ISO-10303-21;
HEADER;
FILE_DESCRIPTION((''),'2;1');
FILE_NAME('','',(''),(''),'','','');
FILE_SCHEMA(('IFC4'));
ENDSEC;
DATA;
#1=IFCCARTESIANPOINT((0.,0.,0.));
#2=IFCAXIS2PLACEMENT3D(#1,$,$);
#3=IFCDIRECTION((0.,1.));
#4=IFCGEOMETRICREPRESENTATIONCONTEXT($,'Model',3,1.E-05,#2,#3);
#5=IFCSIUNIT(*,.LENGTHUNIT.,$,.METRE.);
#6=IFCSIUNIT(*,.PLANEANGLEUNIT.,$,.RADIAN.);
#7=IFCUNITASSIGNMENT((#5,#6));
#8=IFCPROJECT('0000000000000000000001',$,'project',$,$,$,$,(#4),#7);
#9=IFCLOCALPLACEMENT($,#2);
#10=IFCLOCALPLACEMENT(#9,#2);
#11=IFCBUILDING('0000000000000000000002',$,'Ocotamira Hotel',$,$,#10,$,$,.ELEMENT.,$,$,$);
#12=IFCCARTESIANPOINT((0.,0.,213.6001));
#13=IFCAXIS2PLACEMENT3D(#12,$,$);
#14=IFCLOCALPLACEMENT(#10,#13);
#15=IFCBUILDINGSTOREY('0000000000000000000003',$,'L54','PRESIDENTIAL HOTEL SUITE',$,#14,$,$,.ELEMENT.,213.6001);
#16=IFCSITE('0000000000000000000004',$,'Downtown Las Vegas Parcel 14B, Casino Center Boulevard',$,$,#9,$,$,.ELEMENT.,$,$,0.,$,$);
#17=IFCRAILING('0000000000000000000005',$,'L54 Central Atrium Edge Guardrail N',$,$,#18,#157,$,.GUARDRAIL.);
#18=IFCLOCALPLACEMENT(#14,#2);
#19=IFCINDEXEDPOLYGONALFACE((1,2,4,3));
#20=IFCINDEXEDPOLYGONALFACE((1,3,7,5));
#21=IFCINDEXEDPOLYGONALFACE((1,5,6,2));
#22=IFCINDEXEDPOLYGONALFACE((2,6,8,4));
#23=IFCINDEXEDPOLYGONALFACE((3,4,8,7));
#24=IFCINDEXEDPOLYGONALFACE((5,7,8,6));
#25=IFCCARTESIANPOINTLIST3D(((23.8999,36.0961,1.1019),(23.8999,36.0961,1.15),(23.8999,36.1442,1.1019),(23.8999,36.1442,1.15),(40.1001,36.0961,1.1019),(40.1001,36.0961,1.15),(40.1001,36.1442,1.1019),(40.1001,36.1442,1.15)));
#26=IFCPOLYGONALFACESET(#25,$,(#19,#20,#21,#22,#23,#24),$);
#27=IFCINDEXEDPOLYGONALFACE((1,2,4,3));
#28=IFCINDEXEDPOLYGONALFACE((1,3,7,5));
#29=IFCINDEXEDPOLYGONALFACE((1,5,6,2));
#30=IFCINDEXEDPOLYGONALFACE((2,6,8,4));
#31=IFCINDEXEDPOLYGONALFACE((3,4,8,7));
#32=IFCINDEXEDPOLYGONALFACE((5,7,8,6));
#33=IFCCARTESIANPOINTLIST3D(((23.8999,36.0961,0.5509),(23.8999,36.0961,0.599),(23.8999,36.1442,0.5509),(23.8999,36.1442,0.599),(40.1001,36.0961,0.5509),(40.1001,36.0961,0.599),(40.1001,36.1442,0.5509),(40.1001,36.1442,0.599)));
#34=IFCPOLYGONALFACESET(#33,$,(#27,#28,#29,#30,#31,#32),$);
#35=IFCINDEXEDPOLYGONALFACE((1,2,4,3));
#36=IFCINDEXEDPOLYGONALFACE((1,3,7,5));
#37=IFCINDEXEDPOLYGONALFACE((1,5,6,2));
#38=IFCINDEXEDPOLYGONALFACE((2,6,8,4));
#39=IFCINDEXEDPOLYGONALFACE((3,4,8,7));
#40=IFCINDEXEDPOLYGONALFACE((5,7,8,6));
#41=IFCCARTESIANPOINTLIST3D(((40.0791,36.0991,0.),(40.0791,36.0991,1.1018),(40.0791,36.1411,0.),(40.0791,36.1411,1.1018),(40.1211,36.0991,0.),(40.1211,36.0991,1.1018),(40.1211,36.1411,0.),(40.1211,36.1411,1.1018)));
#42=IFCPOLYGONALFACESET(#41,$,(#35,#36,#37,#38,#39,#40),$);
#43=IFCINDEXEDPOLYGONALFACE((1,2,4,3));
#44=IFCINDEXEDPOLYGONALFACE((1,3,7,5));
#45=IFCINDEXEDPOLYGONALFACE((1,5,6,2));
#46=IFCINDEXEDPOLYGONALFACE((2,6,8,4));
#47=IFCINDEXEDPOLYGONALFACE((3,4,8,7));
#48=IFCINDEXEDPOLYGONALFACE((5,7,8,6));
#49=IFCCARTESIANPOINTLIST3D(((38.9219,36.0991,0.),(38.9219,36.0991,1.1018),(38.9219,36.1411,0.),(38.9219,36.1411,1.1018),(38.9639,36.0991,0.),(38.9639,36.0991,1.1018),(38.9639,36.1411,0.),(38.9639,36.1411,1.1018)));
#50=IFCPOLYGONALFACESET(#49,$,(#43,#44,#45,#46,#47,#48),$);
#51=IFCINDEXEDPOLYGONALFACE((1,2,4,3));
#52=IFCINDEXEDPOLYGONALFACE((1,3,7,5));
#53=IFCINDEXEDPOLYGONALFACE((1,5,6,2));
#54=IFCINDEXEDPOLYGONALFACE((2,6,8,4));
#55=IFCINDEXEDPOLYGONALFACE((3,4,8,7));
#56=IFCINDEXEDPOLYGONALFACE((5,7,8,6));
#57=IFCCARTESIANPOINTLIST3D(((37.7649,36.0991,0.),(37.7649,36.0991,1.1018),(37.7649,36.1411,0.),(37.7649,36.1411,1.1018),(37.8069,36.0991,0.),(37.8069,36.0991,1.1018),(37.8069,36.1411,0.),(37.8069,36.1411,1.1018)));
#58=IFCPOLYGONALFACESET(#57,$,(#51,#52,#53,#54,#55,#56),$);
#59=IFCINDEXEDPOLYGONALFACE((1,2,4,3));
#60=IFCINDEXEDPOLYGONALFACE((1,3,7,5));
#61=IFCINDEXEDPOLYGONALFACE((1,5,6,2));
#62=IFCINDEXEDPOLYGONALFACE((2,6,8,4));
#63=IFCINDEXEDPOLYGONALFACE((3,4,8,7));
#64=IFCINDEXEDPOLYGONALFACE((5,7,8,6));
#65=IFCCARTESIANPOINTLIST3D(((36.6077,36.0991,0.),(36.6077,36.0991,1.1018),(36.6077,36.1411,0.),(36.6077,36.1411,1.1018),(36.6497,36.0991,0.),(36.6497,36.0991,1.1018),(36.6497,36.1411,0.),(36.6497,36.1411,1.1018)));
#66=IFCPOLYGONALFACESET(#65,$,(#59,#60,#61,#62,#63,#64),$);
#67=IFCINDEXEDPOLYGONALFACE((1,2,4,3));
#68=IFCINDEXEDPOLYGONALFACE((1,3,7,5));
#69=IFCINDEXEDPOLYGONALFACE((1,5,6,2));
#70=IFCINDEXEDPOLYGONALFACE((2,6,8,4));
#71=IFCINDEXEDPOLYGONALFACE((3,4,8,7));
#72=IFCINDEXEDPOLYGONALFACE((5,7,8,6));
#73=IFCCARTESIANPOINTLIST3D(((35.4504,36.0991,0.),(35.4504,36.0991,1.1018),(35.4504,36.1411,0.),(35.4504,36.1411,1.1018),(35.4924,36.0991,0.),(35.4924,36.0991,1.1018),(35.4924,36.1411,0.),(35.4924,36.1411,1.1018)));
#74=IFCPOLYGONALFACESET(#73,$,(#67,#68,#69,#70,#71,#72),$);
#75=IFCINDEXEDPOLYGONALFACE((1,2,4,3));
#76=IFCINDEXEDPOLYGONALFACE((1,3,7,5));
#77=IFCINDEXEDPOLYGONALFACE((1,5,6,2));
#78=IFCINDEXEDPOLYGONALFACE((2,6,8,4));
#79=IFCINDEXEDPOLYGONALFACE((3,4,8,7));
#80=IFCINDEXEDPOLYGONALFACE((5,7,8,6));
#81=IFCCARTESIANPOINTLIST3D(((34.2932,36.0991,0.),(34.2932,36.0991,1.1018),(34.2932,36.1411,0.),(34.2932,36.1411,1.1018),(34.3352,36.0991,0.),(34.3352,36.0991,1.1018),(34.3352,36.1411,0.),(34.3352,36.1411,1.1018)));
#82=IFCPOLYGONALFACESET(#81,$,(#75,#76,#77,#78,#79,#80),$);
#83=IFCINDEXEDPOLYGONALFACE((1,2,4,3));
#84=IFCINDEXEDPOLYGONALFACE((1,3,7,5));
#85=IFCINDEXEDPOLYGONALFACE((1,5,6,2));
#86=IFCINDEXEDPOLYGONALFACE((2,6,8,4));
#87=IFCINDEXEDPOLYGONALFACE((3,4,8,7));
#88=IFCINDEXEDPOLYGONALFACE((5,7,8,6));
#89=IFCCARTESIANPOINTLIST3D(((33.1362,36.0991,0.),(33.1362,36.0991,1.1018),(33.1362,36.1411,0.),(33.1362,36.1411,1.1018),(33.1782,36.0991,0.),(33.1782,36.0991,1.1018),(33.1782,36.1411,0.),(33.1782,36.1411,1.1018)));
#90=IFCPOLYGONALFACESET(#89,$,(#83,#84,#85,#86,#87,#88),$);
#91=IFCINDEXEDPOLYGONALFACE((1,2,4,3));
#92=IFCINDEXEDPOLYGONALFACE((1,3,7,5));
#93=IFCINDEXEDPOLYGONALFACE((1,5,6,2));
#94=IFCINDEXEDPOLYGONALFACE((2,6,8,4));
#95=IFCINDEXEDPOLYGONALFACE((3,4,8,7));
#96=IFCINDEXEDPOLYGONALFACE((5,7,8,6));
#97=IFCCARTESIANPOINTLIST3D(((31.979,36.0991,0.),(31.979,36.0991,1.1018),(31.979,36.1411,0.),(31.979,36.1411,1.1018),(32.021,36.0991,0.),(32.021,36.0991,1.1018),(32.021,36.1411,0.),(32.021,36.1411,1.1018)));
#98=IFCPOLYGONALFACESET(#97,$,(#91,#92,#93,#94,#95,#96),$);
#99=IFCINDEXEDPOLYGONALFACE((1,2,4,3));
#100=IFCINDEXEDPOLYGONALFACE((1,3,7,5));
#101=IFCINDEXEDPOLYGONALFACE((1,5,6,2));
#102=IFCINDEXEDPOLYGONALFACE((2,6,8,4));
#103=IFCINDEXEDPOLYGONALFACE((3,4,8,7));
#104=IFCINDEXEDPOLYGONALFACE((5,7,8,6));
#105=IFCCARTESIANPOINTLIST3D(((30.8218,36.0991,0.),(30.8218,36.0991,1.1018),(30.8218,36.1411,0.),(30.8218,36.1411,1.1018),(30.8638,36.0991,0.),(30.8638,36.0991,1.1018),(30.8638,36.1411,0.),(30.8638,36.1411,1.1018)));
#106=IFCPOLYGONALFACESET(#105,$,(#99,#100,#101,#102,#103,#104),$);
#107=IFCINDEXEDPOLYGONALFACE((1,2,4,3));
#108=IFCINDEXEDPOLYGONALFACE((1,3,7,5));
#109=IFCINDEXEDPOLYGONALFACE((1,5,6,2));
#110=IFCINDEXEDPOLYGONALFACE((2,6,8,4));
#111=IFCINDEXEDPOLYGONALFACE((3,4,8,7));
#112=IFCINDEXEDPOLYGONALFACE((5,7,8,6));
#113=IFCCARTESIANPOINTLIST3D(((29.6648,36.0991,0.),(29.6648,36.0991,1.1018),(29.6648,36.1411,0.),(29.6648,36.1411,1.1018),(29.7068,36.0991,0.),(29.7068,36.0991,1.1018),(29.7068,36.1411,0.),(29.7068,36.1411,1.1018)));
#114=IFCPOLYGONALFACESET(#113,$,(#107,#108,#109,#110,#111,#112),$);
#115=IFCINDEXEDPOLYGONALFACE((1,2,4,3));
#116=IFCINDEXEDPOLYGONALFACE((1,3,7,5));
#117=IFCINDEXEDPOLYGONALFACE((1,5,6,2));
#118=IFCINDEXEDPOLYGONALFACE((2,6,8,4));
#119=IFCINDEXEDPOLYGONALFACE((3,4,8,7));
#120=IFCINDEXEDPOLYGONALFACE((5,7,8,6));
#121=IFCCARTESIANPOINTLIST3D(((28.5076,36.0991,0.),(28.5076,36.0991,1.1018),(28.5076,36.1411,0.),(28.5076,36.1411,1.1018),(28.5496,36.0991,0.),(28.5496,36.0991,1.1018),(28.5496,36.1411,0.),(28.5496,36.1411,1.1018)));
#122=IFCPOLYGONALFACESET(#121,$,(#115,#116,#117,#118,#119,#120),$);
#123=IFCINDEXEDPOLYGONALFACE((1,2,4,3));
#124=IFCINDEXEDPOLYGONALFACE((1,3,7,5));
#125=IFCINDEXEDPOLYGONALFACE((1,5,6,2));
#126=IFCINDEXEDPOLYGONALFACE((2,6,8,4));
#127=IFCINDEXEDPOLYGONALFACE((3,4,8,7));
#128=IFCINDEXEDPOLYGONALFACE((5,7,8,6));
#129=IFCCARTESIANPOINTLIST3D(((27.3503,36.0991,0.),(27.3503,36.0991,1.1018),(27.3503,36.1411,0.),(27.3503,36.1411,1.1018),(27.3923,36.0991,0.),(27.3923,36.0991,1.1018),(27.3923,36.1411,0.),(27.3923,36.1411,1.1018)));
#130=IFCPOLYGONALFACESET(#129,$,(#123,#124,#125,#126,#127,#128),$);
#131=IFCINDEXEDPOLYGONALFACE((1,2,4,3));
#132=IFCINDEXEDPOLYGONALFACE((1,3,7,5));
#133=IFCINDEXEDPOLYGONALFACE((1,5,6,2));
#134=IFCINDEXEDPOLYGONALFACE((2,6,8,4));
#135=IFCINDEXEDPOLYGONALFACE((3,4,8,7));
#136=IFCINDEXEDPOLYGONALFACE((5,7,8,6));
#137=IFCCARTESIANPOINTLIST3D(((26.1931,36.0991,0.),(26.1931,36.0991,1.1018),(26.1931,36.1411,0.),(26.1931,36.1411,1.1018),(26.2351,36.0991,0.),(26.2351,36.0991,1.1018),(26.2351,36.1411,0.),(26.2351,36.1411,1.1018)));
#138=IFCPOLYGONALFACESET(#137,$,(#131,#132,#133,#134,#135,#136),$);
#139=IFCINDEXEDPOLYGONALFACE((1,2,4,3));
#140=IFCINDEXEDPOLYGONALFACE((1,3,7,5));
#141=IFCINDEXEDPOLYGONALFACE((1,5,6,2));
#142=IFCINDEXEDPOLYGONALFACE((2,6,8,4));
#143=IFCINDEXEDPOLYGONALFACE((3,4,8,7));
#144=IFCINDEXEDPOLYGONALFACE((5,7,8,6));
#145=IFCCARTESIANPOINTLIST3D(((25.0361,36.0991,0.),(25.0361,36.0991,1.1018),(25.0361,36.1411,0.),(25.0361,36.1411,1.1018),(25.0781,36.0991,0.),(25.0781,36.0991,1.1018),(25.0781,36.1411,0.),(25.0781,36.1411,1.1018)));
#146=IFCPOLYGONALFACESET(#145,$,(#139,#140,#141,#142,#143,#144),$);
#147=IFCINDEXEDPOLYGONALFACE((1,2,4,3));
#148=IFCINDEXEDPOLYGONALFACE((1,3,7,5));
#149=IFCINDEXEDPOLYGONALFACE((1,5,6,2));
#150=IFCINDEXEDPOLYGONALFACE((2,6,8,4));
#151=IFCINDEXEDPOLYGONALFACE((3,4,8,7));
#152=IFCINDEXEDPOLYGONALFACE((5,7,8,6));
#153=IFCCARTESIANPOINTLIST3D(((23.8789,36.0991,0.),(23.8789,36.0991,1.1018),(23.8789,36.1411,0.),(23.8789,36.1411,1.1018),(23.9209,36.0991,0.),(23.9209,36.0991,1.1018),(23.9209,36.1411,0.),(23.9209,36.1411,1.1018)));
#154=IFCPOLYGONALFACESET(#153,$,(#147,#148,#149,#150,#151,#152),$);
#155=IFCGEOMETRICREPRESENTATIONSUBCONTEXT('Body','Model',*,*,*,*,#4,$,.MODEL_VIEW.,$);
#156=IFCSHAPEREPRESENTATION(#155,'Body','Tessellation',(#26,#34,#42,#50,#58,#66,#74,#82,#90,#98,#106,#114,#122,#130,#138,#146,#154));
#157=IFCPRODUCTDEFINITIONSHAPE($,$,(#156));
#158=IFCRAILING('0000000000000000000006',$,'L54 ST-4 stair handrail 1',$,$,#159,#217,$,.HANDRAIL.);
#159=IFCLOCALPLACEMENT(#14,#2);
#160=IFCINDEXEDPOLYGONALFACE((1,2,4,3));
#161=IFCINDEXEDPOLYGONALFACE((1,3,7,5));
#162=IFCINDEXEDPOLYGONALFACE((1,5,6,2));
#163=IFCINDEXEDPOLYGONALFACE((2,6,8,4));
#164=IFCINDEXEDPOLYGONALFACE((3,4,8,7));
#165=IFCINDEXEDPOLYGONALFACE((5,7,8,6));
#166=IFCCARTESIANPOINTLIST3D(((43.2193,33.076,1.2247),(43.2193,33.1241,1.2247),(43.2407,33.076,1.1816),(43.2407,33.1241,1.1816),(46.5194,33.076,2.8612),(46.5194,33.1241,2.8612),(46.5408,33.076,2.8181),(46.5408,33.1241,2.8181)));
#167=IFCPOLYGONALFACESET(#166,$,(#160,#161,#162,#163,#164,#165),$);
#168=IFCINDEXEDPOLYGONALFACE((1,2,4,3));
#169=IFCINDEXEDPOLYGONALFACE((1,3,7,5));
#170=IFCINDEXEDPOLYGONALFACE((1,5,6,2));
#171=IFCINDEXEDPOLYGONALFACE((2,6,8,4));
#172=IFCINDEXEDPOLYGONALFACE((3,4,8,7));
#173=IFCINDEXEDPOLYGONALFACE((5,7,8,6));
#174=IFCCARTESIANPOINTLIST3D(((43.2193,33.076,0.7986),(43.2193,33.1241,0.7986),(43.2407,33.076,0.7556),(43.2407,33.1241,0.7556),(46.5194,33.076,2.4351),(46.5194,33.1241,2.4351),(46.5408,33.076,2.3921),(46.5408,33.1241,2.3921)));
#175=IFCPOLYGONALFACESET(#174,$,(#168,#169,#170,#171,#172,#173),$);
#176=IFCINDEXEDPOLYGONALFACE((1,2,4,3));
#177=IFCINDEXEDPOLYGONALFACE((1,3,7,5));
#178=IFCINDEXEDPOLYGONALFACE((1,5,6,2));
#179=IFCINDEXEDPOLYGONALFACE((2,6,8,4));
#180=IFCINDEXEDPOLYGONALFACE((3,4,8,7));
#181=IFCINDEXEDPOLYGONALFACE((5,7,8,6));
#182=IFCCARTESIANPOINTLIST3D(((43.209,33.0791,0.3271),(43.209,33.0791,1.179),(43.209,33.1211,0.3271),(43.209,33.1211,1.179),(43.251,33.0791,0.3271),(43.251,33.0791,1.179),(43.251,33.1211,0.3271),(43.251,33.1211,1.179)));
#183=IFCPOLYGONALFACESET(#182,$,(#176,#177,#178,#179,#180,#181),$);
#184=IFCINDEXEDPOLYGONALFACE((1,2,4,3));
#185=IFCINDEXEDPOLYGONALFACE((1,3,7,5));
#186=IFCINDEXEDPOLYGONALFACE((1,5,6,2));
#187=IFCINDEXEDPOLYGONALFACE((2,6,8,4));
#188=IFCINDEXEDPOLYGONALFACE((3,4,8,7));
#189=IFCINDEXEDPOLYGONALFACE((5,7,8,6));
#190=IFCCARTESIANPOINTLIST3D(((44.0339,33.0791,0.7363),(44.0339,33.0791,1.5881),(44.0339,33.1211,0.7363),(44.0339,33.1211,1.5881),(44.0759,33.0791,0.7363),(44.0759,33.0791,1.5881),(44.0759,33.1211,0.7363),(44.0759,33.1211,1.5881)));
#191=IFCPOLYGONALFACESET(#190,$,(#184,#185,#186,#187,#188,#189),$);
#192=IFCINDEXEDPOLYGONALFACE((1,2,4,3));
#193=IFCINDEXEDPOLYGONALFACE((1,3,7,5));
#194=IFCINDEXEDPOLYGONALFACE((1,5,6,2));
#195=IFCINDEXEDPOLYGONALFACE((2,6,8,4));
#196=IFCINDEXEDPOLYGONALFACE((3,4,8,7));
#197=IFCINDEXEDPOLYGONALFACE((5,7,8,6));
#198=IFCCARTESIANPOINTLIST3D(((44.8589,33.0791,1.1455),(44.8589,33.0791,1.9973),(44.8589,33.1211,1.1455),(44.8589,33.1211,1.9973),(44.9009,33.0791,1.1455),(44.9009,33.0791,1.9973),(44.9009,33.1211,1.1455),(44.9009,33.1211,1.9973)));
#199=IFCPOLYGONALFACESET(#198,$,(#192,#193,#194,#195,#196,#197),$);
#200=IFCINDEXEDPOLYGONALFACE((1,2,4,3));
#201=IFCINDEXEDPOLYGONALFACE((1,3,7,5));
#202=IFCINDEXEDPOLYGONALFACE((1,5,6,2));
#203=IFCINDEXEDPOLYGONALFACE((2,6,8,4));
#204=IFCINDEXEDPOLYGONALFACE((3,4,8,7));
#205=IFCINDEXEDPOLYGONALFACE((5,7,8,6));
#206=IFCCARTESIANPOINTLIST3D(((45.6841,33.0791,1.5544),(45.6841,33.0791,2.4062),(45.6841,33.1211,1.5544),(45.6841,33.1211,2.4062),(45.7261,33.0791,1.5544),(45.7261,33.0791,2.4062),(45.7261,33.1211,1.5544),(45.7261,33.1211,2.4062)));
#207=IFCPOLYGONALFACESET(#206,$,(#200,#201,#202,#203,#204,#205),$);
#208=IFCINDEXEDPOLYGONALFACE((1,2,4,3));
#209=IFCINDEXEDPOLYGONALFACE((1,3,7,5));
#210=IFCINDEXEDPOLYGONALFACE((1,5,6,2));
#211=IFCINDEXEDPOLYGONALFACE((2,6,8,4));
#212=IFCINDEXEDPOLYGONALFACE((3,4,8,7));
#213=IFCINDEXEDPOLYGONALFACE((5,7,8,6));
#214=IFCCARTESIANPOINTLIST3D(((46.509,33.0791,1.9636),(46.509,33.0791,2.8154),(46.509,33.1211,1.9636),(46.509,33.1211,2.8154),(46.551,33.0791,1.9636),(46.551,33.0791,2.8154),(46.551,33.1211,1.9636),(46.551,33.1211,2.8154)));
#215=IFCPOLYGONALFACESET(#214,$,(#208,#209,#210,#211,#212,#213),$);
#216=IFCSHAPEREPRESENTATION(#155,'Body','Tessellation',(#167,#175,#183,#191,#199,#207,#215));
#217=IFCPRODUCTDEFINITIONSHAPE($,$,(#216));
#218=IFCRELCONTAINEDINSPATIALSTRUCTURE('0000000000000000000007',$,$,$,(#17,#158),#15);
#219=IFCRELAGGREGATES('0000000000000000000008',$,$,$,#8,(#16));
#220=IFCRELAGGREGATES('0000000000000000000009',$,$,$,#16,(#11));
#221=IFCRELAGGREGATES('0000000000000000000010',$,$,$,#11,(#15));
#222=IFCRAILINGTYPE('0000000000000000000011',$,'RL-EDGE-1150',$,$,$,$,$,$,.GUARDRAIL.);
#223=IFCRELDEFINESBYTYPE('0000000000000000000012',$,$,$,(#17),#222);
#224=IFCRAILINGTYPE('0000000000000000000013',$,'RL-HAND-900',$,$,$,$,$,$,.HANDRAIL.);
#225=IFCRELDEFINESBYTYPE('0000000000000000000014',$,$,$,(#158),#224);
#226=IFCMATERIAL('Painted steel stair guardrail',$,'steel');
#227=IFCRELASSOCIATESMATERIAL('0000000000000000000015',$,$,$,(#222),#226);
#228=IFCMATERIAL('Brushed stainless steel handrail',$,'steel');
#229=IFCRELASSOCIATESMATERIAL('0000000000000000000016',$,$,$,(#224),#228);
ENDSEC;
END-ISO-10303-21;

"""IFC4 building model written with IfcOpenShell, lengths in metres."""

from ifc_helpers import new_model, si_unit, direction, frame, origin, origin_2d, place, context, subcontext, project, spatial, rectangle, extrude, material, type_object, element, save


model = new_model("IFC4")

# Units and contexts
model_context = context("Model", 3, precision=1e-05, world=origin(), true_north=direction((0.0, 1.0)))
body_context = subcontext(model_context, "Body", "Model", "MODEL_VIEW")
ifc_project = project(units=[si_unit("LENGTHUNIT", "METRE"), si_unit("PLANEANGLEUNIT", "RADIAN")], contexts=[model_context])

# Site, building, storey
site_placement = place(None, origin())
site = spatial("IfcSite", under=ifc_project, at=site_placement, Name="Downtown Las Vegas Parcel 14B, Casino Center Boulevard", CompositionType="ELEMENT", RefElevation=0.0)
building_placement = place(site_placement, origin())
building = spatial("IfcBuilding", under=site, at=building_placement, Name="Ocotamira Hotel", CompositionType="ELEMENT")
storey_placement = place(building_placement, frame((0.0, 0.0, 213.6001)))
storey = spatial("IfcBuildingStorey", under=building, at=storey_placement, Name="L54", Description="PRESIDENTIAL HOTEL SUITE", CompositionType="ELEMENT", Elevation=213.6001)

# Railings
ifc_material_1 = material(Name="Painted steel stair guardrail", Category="steel")
railing_type_1 = type_object("IfcRailingType", Name="RL-EDGE-1150", PredefinedType="GUARDRAIL", material=ifc_material_1)
railing_1_placement = place(storey_placement, frame((40.1001, 36.1201, 0.0)))
element("IfcRailing", 1, at=railing_1_placement, inside=storey, type_object=railing_type_1, Name="L54 Central Atrium Edge Guardrail N", PredefinedType="GUARDRAIL", context=body_context, shape_type="SweptSolid", body=[
    extrude(rectangle(XDim=0.0481, YDim=0.0481, at=origin_2d()), frame((0.0, 0.0, 1.126), z_axis=(-1.0, 0.0, 0.0), x_axis=(0.0, -1.0, 0.0)), (0.0, 0.0, 1.0), 16.2002),
    extrude(rectangle(XDim=0.0481, YDim=0.0481, at=origin_2d()), frame((0.0, 0.0, 0.575), z_axis=(-1.0, 0.0, 0.0), x_axis=(0.0, -1.0, 0.0)), (0.0, 0.0, 1.0), 16.2002),
    extrude(rectangle(XDim=0.042, YDim=0.042, at=origin_2d()), origin(), (0.0, 0.0, 1.0), 1.1018),
    extrude(rectangle(XDim=0.042, YDim=0.042, at=origin_2d()), frame((-1.1572, 0.0, 0.0)), (0.0, 0.0, 1.0), 1.1018),
    extrude(rectangle(XDim=0.042, YDim=0.042, at=origin_2d()), frame((-2.3142, 0.0, 0.0)), (0.0, 0.0, 1.0), 1.1018),
    extrude(rectangle(XDim=0.042, YDim=0.042, at=origin_2d()), frame((-3.4714, 0.0, 0.0)), (0.0, 0.0, 1.0), 1.1018),
    extrude(rectangle(XDim=0.042, YDim=0.042, at=origin_2d()), frame((-4.6287, 0.0, 0.0)), (0.0, 0.0, 1.0), 1.1018),
    extrude(rectangle(XDim=0.042, YDim=0.042, at=origin_2d()), frame((-5.7859, 0.0, 0.0)), (0.0, 0.0, 1.0), 1.1018),
    extrude(rectangle(XDim=0.042, YDim=0.042, at=origin_2d()), frame((-6.9429, 0.0, 0.0)), (0.0, 0.0, 1.0), 1.1018),
    extrude(rectangle(XDim=0.042, YDim=0.042, at=origin_2d()), frame((-8.1001, 0.0, 0.0)), (0.0, 0.0, 1.0), 1.1018),
    extrude(rectangle(XDim=0.042, YDim=0.042, at=origin_2d()), frame((-9.2573, 0.0, 0.0)), (0.0, 0.0, 1.0), 1.1018),
    extrude(rectangle(XDim=0.042, YDim=0.042, at=origin_2d()), frame((-10.4143, 0.0, 0.0)), (0.0, 0.0, 1.0), 1.1018),
    extrude(rectangle(XDim=0.042, YDim=0.042, at=origin_2d()), frame((-11.5715, 0.0, 0.0)), (0.0, 0.0, 1.0), 1.1018),
    extrude(rectangle(XDim=0.042, YDim=0.042, at=origin_2d()), frame((-12.7288, 0.0, 0.0)), (0.0, 0.0, 1.0), 1.1018),
    extrude(rectangle(XDim=0.042, YDim=0.042, at=origin_2d()), frame((-13.886, 0.0, 0.0)), (0.0, 0.0, 1.0), 1.1018),
    extrude(rectangle(XDim=0.042, YDim=0.042, at=origin_2d()), frame((-15.043, 0.0, 0.0)), (0.0, 0.0, 1.0), 1.1018),
    extrude(rectangle(XDim=0.042, YDim=0.042, at=origin_2d()), frame((-16.2002, 0.0, 0.0)), (0.0, 0.0, 1.0), 1.1018),
])
ifc_material_2 = material(Name="Brushed stainless steel handrail", Category="steel")
railing_type_2 = type_object("IfcRailingType", Name="RL-HAND-900", PredefinedType="HANDRAIL", material=ifc_material_2)
railing_2_placement = place(storey_placement, frame((43.23, 33.1001, 0.3271)))
element("IfcRailing", 2, at=railing_2_placement, inside=storey, type_object=railing_type_2, Name="L54 ST-4 stair handrail 1", PredefinedType="HANDRAIL", context=body_context, shape_type="SweptSolid", body=[
    extrude(rectangle(XDim=0.0481, YDim=0.0481, at=origin_2d()), frame((0.0, 0.0, 0.876), z_axis=(0.895894, 0.0, 0.444268), x_axis=(0.0, 1.0, 0.0)), (0.0, 0.0, 1.0), 3.6836),
    extrude(rectangle(XDim=0.0481, YDim=0.0481, at=origin_2d()), frame((0.0, 0.0, 0.45), z_axis=(0.895894, 0.0, 0.444268), x_axis=(0.0, 1.0, 0.0)), (0.0, 0.0, 1.0), 3.6836),
    extrude(rectangle(XDim=0.042, YDim=0.042, at=origin_2d()), origin(), (0.0, 0.0, 1.0), 0.8518),
    extrude(rectangle(XDim=0.042, YDim=0.042, at=origin_2d()), frame((0.825, 0.0, 0.4092)), (0.0, 0.0, 1.0), 0.8518),
    extrude(rectangle(XDim=0.042, YDim=0.042, at=origin_2d()), frame((1.6499, 0.0, 0.8184)), (0.0, 0.0, 1.0), 0.8518),
    extrude(rectangle(XDim=0.042, YDim=0.042, at=origin_2d()), frame((2.4751, 0.0, 1.2273)), (0.0, 0.0, 1.0), 0.8518),
    extrude(rectangle(XDim=0.042, YDim=0.042, at=origin_2d()), frame((3.3, 0.0, 1.6365)), (0.0, 0.0, 1.0), 0.8518),
])

save(model, "model.ifc")
